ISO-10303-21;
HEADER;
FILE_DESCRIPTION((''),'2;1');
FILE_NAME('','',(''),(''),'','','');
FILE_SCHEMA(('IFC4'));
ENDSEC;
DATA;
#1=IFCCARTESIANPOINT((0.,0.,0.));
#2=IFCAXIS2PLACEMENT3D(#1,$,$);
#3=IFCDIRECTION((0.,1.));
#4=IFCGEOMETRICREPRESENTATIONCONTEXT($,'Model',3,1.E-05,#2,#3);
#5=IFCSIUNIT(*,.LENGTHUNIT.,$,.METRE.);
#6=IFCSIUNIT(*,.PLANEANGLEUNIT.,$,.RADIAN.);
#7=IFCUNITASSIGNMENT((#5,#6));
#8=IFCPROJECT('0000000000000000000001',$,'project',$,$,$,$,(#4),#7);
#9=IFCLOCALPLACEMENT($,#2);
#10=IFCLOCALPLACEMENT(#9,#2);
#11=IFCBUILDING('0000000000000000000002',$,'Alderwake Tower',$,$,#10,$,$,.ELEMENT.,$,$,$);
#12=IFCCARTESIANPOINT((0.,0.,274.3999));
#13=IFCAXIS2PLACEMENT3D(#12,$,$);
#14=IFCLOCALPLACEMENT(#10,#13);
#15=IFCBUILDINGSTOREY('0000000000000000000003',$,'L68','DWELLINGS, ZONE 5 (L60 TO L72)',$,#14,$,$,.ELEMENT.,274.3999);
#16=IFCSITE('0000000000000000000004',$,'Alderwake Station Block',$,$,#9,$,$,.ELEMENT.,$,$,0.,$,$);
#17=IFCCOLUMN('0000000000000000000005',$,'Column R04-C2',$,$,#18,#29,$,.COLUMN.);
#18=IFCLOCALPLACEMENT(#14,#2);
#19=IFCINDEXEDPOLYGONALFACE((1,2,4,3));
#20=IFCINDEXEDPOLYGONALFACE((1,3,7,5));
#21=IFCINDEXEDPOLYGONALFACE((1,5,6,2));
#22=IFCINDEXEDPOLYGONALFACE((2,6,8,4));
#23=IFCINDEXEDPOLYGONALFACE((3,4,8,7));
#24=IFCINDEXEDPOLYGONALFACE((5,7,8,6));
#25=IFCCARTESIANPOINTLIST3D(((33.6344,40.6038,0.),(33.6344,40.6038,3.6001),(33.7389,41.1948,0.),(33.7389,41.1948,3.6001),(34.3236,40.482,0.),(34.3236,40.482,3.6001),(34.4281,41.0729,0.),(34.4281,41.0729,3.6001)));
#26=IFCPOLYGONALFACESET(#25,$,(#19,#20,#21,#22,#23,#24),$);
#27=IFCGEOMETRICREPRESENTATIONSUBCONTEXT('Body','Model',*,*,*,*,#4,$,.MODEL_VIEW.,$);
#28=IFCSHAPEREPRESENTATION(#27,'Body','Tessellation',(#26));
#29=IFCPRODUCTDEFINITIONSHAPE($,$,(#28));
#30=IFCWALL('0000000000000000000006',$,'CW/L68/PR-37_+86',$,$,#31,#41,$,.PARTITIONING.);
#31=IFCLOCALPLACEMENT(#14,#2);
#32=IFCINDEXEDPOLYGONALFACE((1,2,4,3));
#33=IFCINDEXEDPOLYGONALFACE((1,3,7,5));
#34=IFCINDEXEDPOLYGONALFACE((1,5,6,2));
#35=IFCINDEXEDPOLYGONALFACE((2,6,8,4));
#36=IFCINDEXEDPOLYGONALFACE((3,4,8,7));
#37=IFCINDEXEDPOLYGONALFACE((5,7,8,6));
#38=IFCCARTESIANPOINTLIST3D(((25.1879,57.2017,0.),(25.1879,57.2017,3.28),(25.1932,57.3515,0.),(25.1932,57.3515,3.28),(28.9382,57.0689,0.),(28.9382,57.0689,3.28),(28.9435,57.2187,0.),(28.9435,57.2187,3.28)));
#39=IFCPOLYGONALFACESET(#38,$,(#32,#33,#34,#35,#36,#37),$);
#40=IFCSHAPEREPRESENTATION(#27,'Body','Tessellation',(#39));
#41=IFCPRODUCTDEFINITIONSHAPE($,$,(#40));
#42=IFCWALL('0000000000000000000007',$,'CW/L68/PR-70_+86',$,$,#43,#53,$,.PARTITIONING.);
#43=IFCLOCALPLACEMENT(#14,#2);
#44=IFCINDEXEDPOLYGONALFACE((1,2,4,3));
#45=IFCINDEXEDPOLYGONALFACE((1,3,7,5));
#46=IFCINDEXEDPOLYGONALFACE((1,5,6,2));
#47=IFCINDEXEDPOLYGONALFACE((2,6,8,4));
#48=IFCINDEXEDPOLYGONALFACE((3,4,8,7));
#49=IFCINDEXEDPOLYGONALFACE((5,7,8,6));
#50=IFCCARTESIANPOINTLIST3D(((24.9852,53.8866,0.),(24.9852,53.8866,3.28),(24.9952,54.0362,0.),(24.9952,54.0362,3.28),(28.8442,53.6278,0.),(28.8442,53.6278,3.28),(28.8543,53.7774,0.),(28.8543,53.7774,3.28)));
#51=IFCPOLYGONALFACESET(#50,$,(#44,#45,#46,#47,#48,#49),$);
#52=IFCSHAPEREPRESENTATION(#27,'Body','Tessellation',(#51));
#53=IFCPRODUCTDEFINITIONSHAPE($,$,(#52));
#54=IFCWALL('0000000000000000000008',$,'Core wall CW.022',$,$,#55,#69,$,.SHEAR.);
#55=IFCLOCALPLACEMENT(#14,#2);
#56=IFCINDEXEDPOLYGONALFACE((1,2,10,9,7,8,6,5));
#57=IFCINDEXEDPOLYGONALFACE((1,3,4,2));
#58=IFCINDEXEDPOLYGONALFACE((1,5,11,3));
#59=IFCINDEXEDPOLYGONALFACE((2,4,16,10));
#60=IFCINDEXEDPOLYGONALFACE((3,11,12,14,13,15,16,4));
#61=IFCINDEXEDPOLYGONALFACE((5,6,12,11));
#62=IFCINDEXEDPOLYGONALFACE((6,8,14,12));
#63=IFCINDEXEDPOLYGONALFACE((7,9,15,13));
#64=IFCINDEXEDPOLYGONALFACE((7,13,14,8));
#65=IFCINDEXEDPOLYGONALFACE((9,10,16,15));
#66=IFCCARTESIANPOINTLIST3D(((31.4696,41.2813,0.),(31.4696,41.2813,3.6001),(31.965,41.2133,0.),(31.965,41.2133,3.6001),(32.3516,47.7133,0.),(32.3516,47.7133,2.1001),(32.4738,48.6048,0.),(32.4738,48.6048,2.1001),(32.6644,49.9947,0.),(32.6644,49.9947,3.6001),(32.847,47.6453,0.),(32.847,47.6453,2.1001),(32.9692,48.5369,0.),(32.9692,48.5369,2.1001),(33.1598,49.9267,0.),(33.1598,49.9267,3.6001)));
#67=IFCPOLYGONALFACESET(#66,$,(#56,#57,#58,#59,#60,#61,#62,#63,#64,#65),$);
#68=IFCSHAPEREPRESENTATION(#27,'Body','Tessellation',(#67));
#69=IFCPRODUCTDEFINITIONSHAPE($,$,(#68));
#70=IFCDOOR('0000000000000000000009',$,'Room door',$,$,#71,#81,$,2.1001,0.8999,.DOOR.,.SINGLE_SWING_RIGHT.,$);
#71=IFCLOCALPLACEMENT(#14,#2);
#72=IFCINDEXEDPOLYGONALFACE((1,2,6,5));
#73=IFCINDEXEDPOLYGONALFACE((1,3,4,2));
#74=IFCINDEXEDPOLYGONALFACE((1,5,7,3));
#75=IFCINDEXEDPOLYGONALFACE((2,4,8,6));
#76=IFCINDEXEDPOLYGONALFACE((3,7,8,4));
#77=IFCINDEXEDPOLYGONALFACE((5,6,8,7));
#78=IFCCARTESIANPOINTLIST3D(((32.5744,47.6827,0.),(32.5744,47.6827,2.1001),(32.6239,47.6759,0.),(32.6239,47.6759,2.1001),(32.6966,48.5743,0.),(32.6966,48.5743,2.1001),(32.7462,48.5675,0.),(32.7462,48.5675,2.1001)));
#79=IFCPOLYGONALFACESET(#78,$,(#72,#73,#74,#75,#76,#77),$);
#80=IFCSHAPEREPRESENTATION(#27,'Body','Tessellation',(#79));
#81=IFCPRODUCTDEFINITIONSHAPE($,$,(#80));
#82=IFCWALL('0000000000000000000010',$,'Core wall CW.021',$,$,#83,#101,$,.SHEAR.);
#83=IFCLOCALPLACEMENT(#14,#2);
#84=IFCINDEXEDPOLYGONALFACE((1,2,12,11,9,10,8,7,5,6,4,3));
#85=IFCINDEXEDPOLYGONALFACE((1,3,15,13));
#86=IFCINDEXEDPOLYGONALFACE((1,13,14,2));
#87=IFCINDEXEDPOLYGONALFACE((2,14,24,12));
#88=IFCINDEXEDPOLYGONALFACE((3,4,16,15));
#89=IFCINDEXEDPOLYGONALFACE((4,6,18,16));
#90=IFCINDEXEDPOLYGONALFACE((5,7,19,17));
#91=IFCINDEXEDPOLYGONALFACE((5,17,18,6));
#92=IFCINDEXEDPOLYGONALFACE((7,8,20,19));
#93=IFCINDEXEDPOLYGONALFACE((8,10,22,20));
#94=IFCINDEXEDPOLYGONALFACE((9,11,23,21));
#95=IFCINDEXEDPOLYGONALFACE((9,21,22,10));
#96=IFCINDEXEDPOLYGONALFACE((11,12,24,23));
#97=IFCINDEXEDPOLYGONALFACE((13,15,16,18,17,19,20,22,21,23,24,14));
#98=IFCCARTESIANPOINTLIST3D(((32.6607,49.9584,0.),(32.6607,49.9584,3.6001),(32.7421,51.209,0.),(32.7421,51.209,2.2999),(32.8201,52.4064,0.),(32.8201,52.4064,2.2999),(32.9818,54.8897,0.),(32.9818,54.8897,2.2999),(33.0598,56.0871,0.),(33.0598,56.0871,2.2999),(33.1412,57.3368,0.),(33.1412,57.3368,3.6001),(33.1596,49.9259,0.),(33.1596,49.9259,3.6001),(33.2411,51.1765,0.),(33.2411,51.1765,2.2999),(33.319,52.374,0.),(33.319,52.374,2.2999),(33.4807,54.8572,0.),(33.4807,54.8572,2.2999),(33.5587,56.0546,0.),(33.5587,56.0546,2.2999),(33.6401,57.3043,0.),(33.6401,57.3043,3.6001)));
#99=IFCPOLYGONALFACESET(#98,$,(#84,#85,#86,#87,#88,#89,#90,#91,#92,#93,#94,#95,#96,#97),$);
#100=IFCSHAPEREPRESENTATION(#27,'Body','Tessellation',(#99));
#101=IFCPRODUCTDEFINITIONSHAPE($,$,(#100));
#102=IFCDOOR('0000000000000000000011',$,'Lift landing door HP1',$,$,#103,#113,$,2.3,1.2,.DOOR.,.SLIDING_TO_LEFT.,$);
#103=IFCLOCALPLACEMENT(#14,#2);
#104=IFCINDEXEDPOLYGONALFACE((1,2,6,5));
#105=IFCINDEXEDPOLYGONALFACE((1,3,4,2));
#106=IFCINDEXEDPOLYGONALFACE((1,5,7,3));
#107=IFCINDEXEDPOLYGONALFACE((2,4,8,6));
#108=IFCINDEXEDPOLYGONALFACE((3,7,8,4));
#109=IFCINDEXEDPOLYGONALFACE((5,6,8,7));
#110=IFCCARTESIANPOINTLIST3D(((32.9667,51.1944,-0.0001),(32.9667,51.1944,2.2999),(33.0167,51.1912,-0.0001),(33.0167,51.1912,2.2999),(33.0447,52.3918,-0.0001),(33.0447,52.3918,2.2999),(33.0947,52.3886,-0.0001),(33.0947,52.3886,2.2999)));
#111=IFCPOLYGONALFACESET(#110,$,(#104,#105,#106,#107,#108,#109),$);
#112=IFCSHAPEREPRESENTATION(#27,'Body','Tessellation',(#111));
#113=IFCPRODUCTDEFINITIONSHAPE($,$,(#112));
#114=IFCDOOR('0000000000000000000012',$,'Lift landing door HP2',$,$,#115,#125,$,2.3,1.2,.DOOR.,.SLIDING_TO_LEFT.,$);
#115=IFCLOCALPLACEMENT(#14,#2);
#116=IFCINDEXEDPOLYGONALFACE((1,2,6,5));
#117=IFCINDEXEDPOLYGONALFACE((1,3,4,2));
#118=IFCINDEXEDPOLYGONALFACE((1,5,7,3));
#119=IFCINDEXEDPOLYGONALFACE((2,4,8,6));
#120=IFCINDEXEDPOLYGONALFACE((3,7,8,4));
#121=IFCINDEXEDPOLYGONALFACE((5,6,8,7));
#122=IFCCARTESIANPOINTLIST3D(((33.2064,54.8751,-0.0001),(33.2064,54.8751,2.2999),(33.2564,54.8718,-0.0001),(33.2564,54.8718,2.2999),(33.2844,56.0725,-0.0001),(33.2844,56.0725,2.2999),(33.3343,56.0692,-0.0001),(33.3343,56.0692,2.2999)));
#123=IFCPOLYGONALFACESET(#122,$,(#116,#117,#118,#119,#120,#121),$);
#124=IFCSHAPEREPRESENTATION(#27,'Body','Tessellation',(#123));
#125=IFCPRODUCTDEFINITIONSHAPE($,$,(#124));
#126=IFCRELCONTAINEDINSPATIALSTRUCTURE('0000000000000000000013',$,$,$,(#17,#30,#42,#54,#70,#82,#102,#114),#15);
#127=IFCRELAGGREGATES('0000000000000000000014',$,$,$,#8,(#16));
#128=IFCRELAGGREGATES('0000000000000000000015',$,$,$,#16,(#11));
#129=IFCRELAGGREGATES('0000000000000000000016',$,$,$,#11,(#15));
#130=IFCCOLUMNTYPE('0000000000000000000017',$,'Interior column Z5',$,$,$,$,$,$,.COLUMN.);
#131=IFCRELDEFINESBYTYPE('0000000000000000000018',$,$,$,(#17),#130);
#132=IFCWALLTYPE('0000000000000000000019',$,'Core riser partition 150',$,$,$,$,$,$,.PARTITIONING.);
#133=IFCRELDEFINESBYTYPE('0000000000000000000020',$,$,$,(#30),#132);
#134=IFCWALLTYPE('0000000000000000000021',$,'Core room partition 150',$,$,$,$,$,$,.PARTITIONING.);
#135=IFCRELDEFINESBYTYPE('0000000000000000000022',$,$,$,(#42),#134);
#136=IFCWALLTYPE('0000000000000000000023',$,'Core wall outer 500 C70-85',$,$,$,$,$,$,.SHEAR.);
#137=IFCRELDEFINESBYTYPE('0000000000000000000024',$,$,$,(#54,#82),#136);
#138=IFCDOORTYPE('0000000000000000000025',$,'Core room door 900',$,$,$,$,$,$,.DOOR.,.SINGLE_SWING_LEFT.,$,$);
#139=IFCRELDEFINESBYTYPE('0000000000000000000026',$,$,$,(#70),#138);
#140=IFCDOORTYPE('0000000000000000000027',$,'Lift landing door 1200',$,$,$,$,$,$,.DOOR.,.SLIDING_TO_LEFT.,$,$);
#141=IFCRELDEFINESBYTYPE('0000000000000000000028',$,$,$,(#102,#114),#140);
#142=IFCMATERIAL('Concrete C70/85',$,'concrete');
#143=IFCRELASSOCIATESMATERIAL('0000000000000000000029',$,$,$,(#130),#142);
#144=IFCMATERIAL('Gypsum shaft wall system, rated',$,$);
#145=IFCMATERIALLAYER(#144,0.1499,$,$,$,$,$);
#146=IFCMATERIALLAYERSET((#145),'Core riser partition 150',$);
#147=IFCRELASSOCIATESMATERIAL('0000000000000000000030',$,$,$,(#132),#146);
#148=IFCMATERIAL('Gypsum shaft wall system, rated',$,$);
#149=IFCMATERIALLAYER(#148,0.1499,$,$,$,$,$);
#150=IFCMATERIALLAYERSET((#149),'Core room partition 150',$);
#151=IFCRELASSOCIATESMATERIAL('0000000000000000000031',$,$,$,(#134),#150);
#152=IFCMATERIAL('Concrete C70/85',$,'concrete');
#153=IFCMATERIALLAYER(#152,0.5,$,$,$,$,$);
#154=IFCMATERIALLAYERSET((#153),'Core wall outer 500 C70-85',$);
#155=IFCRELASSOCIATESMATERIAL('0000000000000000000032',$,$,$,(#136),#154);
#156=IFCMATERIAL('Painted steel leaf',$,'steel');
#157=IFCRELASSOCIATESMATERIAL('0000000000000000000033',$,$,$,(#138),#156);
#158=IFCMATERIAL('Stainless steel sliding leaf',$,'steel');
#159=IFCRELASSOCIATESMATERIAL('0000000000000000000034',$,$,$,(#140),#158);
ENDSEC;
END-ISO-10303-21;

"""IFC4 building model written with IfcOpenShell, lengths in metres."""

from ifc_helpers import new_model, si_unit, direction, frame, frame_2d, origin, origin_2d, place, context, subcontext, project, spatial, rectangle, extrude, material, layer, layer_set, material_profile, profile_set, type_object, element, fill, save


model = new_model("IFC4")

# Units and contexts
model_context = context("Model", 3, precision=1e-05, world=origin(), true_north=direction((0.0, 1.0)))
body_context = subcontext(model_context, "Body", "Model", "MODEL_VIEW")
ifc_project = project(units=[si_unit("LENGTHUNIT", "METRE"), si_unit("PLANEANGLEUNIT", "RADIAN")], contexts=[model_context])

# Site, building, storey
site_placement = place(None, origin())
site = spatial("IfcSite", under=ifc_project, at=site_placement, Name="Alderwake Station Block", CompositionType="ELEMENT", RefElevation=0.0)
building_placement = place(site_placement, origin())
building = spatial("IfcBuilding", under=site, at=building_placement, Name="Alderwake Tower", CompositionType="ELEMENT")
storey_placement = place(building_placement, frame((0.0, 0.0, 274.3999)))
storey = spatial("IfcBuildingStorey", under=building, at=storey_placement, Name="L68", Description="DWELLINGS, ZONE 5 (L60 TO L72)", CompositionType="ELEMENT", Elevation=274.3999)

# Column
ifc_material_1 = material(Name="Concrete C70/85", Category="concrete")
ifc_material_profile = material_profile(ifc_material_1, rectangle(XDim=0.6001, YDim=0.7, at=origin_2d()), Name="RC 700X600")
ifc_profile_set = profile_set([ifc_material_profile], Name="Concrete C70/85")
column_type = type_object("IfcColumnType", Name="Interior column Z5", PredefinedType="COLUMN", material=ifc_profile_set)
column_placement = place(storey_placement, frame((34.0312, 40.8384, 0.0), z_axis=(0.0, 0.0, 1.0), x_axis=(0.174109, 0.984726, 0.0)))
element("IfcColumn", 1, at=column_placement, inside=storey, type_object=column_type, Name="Column R04-C2", PredefinedType="COLUMN", context=body_context, shape_type="SweptSolid", body=[
    extrude(rectangle(XDim=0.6001, YDim=0.7, at=origin_2d()), origin(), (0.0, 0.0, 1.0), 3.6001),
])

# Walls
ifc_material_2 = material(Name="Gypsum shaft wall system, rated")
ifc_layer_1 = layer(ifc_material_2, 0.1499)
ifc_layer_set_1 = layer_set([ifc_layer_1], Name="Core riser partition 150")
wall_type_1 = type_object("IfcWallType", Name="Core riser partition 150", PredefinedType="PARTITIONING", material=ifc_layer_set_1)
wall_1_placement = place(storey_placement, frame((25.1904, 57.2766, 0.0), z_axis=(0.0, 0.0, 1.0), x_axis=(0.999374, -0.035392, 0.0)))
element("IfcWall", 2, at=wall_1_placement, inside=storey, type_object=wall_type_1, Name="CW/L68/PR-37_+86", PredefinedType="PARTITIONING", context=body_context, shape_type="SweptSolid", body=[
    extrude(rectangle(XDim=3.7527, YDim=0.1499, at=frame_2d((1.8765, 0.0))), origin(), (0.0, 0.0, 1.0), 3.28),
])
ifc_material_3 = material(Name="Gypsum shaft wall system, rated")
ifc_layer_2 = layer(ifc_material_3, 0.1499)
ifc_layer_set_2 = layer_set([ifc_layer_2], Name="Core room partition 150")
wall_type_2 = type_object("IfcWallType", Name="Core room partition 150", PredefinedType="PARTITIONING", material=ifc_layer_set_2)
wall_2_placement = place(storey_placement, frame((24.9902, 53.9614, 0.0), z_axis=(0.0, 0.0, 1.0), x_axis=(0.997759, -0.066913, 0.0)))
element("IfcWall", 3, at=wall_2_placement, inside=storey, type_object=wall_type_2, Name="CW/L68/PR-70_+86", PredefinedType="PARTITIONING", context=body_context, shape_type="SweptSolid", body=[
    extrude(rectangle(XDim=3.8677, YDim=0.1499, at=frame_2d((1.9338, 0.0))), origin(), (0.0, 0.0, 1.0), 3.28),
])

# Wall, opening, door
ifc_material_4 = material(Name="Concrete C70/85", Category="concrete")
ifc_layer_3 = layer(ifc_material_4, 0.5)
ifc_layer_set_3 = layer_set([ifc_layer_3], Name="Core wall outer 500 C70-85")
wall_type_3 = type_object("IfcWallType", Name="Core wall outer 500 C70-85", PredefinedType="SHEAR", material=ifc_layer_set_3)
wall_3_placement = place(storey_placement, frame((32.9121, 49.9607, 0.0), z_axis=(0.0, 0.0, 1.0), x_axis=(-0.135854, -0.990729, 0.0)))
wall_3 = element("IfcWall", 4, at=wall_3_placement, inside=storey, type_object=wall_type_3, Name="Core wall CW.022", PredefinedType="SHEAR", context=body_context, shape_type="SweptSolid", body=[
    extrude(rectangle(XDim=8.7949, YDim=0.5, at=frame_2d((4.3975, 0.0))), origin(), (0.0, 0.0, 1.0), 3.6001),
])
opening_1_placement = place(wall_3_placement, frame((1.4028, 0.0, 0.0)))
opening_1 = element("IfcOpeningElement", 5, at=opening_1_placement, cuts=wall_3, PredefinedType="OPENING", context=body_context, shape_type="SweptSolid", body=[
    extrude(rectangle(XDim=0.8999, YDim=2.1001, at=frame_2d((0.45, 1.05))), frame((0.0, 0.26, 0.0), z_axis=(0.0, -1.0, 0.0), x_axis=(1.0, 0.0, 0.0)), (0.0, 0.0, 1.0), 0.52),
])
ifc_material_5 = material(Name="Painted steel leaf", Category="steel")
door_type_1 = type_object("IfcDoorType", Name="Core room door 900", OperationType="SINGLE_SWING_LEFT", PredefinedType="DOOR", material=ifc_material_5)
door_1_placement = place(opening_1_placement, origin())
door_1 = element("IfcDoor", 6, at=door_1_placement, inside=storey, type_object=door_type_1, Name="Room door", OperationType="SINGLE_SWING_RIGHT", OverallHeight=2.1001, OverallWidth=0.8999, PredefinedType="DOOR", context=body_context, shape_type="SweptSolid", body=[
    extrude(rectangle(XDim=0.8999, YDim=2.1001, at=frame_2d((0.45, 1.05))), frame((0.0, 0.0249, 0.0), z_axis=(0.0, -1.0, 0.0), x_axis=(1.0, 0.0, 0.0)), (0.0, 0.0, 1.0), 0.05),
])
fill(opening_1, door_1)

# Wall, openings, doors
wall_4_placement = place(storey_placement, frame((32.9102, 49.9421, 0.0), z_axis=(0.0, 0.0, 1.0), x_axis=(0.064981, 0.997887, 0.0)))
wall_4 = element("IfcWall", 7, at=wall_4_placement, inside=storey, type_object=wall_type_3, Name="Core wall CW.021", PredefinedType="SHEAR", context=body_context, shape_type="SweptSolid", body=[
    extrude(rectangle(XDim=7.394, YDim=0.5, at=frame_2d((3.697, 0.0))), origin(), (0.0, 0.0, 1.0), 3.6001),
])
opening_2_placement = place(wall_4_placement, frame((1.2532, 0.0, 0.0)))
opening_2 = element("IfcOpeningElement", 8, at=opening_2_placement, cuts=wall_4, PredefinedType="OPENING", context=body_context, shape_type="SweptSolid", body=[
    extrude(rectangle(XDim=1.2, YDim=2.3, at=frame_2d((0.6001, 1.1499))), frame((0.0, 0.26, 0.0), z_axis=(0.0, -1.0, 0.0), x_axis=(1.0, 0.0, 0.0)), (0.0, 0.0, 1.0), 0.52),
])
opening_3_placement = place(wall_4_placement, frame((4.9417, 0.0, 0.0)))
opening_3 = element("IfcOpeningElement", 9, at=opening_3_placement, cuts=wall_4, PredefinedType="OPENING", context=body_context, shape_type="SweptSolid", body=[
    extrude(rectangle(XDim=1.2, YDim=2.3, at=frame_2d((0.6001, 1.1499))), frame((0.0, 0.26, 0.0), z_axis=(0.0, -1.0, 0.0), x_axis=(1.0, 0.0, 0.0)), (0.0, 0.0, 1.0), 0.52),
])
ifc_material_6 = material(Name="Stainless steel sliding leaf", Category="steel")
door_type_2 = type_object("IfcDoorType", Name="Lift landing door 1200", OperationType="SLIDING_TO_LEFT", PredefinedType="DOOR", material=ifc_material_6)
door_2_placement = place(opening_2_placement, origin())
door_2 = element("IfcDoor", 10, at=door_2_placement, inside=storey, type_object=door_type_2, Name="Lift landing door HP1", OperationType="SLIDING_TO_LEFT", OverallHeight=2.3, OverallWidth=1.2, PredefinedType="DOOR", context=body_context, shape_type="SweptSolid", body=[
    extrude(rectangle(XDim=1.2, YDim=2.3, at=frame_2d((0.6001, 1.1499))), frame((0.0, 0.0249, 0.0), z_axis=(0.0, -1.0, 0.0), x_axis=(1.0, 0.0, 0.0)), (0.0, 0.0, 1.0), 0.05),
])
fill(opening_2, door_2)
door_3_placement = place(opening_3_placement, origin())
door_3 = element("IfcDoor", 11, at=door_3_placement, inside=storey, type_object=door_type_2, Name="Lift landing door HP2", OperationType="SLIDING_TO_LEFT", OverallHeight=2.3, OverallWidth=1.2, PredefinedType="DOOR", context=body_context, shape_type="SweptSolid", body=[
    extrude(rectangle(XDim=1.2, YDim=2.3, at=frame_2d((0.6001, 1.1499))), frame((0.0, 0.0249, 0.0), z_axis=(0.0, -1.0, 0.0), x_axis=(1.0, 0.0, 0.0)), (0.0, 0.0, 1.0), 0.05),
])
fill(opening_3, door_3)

save(model, "model.ifc")
